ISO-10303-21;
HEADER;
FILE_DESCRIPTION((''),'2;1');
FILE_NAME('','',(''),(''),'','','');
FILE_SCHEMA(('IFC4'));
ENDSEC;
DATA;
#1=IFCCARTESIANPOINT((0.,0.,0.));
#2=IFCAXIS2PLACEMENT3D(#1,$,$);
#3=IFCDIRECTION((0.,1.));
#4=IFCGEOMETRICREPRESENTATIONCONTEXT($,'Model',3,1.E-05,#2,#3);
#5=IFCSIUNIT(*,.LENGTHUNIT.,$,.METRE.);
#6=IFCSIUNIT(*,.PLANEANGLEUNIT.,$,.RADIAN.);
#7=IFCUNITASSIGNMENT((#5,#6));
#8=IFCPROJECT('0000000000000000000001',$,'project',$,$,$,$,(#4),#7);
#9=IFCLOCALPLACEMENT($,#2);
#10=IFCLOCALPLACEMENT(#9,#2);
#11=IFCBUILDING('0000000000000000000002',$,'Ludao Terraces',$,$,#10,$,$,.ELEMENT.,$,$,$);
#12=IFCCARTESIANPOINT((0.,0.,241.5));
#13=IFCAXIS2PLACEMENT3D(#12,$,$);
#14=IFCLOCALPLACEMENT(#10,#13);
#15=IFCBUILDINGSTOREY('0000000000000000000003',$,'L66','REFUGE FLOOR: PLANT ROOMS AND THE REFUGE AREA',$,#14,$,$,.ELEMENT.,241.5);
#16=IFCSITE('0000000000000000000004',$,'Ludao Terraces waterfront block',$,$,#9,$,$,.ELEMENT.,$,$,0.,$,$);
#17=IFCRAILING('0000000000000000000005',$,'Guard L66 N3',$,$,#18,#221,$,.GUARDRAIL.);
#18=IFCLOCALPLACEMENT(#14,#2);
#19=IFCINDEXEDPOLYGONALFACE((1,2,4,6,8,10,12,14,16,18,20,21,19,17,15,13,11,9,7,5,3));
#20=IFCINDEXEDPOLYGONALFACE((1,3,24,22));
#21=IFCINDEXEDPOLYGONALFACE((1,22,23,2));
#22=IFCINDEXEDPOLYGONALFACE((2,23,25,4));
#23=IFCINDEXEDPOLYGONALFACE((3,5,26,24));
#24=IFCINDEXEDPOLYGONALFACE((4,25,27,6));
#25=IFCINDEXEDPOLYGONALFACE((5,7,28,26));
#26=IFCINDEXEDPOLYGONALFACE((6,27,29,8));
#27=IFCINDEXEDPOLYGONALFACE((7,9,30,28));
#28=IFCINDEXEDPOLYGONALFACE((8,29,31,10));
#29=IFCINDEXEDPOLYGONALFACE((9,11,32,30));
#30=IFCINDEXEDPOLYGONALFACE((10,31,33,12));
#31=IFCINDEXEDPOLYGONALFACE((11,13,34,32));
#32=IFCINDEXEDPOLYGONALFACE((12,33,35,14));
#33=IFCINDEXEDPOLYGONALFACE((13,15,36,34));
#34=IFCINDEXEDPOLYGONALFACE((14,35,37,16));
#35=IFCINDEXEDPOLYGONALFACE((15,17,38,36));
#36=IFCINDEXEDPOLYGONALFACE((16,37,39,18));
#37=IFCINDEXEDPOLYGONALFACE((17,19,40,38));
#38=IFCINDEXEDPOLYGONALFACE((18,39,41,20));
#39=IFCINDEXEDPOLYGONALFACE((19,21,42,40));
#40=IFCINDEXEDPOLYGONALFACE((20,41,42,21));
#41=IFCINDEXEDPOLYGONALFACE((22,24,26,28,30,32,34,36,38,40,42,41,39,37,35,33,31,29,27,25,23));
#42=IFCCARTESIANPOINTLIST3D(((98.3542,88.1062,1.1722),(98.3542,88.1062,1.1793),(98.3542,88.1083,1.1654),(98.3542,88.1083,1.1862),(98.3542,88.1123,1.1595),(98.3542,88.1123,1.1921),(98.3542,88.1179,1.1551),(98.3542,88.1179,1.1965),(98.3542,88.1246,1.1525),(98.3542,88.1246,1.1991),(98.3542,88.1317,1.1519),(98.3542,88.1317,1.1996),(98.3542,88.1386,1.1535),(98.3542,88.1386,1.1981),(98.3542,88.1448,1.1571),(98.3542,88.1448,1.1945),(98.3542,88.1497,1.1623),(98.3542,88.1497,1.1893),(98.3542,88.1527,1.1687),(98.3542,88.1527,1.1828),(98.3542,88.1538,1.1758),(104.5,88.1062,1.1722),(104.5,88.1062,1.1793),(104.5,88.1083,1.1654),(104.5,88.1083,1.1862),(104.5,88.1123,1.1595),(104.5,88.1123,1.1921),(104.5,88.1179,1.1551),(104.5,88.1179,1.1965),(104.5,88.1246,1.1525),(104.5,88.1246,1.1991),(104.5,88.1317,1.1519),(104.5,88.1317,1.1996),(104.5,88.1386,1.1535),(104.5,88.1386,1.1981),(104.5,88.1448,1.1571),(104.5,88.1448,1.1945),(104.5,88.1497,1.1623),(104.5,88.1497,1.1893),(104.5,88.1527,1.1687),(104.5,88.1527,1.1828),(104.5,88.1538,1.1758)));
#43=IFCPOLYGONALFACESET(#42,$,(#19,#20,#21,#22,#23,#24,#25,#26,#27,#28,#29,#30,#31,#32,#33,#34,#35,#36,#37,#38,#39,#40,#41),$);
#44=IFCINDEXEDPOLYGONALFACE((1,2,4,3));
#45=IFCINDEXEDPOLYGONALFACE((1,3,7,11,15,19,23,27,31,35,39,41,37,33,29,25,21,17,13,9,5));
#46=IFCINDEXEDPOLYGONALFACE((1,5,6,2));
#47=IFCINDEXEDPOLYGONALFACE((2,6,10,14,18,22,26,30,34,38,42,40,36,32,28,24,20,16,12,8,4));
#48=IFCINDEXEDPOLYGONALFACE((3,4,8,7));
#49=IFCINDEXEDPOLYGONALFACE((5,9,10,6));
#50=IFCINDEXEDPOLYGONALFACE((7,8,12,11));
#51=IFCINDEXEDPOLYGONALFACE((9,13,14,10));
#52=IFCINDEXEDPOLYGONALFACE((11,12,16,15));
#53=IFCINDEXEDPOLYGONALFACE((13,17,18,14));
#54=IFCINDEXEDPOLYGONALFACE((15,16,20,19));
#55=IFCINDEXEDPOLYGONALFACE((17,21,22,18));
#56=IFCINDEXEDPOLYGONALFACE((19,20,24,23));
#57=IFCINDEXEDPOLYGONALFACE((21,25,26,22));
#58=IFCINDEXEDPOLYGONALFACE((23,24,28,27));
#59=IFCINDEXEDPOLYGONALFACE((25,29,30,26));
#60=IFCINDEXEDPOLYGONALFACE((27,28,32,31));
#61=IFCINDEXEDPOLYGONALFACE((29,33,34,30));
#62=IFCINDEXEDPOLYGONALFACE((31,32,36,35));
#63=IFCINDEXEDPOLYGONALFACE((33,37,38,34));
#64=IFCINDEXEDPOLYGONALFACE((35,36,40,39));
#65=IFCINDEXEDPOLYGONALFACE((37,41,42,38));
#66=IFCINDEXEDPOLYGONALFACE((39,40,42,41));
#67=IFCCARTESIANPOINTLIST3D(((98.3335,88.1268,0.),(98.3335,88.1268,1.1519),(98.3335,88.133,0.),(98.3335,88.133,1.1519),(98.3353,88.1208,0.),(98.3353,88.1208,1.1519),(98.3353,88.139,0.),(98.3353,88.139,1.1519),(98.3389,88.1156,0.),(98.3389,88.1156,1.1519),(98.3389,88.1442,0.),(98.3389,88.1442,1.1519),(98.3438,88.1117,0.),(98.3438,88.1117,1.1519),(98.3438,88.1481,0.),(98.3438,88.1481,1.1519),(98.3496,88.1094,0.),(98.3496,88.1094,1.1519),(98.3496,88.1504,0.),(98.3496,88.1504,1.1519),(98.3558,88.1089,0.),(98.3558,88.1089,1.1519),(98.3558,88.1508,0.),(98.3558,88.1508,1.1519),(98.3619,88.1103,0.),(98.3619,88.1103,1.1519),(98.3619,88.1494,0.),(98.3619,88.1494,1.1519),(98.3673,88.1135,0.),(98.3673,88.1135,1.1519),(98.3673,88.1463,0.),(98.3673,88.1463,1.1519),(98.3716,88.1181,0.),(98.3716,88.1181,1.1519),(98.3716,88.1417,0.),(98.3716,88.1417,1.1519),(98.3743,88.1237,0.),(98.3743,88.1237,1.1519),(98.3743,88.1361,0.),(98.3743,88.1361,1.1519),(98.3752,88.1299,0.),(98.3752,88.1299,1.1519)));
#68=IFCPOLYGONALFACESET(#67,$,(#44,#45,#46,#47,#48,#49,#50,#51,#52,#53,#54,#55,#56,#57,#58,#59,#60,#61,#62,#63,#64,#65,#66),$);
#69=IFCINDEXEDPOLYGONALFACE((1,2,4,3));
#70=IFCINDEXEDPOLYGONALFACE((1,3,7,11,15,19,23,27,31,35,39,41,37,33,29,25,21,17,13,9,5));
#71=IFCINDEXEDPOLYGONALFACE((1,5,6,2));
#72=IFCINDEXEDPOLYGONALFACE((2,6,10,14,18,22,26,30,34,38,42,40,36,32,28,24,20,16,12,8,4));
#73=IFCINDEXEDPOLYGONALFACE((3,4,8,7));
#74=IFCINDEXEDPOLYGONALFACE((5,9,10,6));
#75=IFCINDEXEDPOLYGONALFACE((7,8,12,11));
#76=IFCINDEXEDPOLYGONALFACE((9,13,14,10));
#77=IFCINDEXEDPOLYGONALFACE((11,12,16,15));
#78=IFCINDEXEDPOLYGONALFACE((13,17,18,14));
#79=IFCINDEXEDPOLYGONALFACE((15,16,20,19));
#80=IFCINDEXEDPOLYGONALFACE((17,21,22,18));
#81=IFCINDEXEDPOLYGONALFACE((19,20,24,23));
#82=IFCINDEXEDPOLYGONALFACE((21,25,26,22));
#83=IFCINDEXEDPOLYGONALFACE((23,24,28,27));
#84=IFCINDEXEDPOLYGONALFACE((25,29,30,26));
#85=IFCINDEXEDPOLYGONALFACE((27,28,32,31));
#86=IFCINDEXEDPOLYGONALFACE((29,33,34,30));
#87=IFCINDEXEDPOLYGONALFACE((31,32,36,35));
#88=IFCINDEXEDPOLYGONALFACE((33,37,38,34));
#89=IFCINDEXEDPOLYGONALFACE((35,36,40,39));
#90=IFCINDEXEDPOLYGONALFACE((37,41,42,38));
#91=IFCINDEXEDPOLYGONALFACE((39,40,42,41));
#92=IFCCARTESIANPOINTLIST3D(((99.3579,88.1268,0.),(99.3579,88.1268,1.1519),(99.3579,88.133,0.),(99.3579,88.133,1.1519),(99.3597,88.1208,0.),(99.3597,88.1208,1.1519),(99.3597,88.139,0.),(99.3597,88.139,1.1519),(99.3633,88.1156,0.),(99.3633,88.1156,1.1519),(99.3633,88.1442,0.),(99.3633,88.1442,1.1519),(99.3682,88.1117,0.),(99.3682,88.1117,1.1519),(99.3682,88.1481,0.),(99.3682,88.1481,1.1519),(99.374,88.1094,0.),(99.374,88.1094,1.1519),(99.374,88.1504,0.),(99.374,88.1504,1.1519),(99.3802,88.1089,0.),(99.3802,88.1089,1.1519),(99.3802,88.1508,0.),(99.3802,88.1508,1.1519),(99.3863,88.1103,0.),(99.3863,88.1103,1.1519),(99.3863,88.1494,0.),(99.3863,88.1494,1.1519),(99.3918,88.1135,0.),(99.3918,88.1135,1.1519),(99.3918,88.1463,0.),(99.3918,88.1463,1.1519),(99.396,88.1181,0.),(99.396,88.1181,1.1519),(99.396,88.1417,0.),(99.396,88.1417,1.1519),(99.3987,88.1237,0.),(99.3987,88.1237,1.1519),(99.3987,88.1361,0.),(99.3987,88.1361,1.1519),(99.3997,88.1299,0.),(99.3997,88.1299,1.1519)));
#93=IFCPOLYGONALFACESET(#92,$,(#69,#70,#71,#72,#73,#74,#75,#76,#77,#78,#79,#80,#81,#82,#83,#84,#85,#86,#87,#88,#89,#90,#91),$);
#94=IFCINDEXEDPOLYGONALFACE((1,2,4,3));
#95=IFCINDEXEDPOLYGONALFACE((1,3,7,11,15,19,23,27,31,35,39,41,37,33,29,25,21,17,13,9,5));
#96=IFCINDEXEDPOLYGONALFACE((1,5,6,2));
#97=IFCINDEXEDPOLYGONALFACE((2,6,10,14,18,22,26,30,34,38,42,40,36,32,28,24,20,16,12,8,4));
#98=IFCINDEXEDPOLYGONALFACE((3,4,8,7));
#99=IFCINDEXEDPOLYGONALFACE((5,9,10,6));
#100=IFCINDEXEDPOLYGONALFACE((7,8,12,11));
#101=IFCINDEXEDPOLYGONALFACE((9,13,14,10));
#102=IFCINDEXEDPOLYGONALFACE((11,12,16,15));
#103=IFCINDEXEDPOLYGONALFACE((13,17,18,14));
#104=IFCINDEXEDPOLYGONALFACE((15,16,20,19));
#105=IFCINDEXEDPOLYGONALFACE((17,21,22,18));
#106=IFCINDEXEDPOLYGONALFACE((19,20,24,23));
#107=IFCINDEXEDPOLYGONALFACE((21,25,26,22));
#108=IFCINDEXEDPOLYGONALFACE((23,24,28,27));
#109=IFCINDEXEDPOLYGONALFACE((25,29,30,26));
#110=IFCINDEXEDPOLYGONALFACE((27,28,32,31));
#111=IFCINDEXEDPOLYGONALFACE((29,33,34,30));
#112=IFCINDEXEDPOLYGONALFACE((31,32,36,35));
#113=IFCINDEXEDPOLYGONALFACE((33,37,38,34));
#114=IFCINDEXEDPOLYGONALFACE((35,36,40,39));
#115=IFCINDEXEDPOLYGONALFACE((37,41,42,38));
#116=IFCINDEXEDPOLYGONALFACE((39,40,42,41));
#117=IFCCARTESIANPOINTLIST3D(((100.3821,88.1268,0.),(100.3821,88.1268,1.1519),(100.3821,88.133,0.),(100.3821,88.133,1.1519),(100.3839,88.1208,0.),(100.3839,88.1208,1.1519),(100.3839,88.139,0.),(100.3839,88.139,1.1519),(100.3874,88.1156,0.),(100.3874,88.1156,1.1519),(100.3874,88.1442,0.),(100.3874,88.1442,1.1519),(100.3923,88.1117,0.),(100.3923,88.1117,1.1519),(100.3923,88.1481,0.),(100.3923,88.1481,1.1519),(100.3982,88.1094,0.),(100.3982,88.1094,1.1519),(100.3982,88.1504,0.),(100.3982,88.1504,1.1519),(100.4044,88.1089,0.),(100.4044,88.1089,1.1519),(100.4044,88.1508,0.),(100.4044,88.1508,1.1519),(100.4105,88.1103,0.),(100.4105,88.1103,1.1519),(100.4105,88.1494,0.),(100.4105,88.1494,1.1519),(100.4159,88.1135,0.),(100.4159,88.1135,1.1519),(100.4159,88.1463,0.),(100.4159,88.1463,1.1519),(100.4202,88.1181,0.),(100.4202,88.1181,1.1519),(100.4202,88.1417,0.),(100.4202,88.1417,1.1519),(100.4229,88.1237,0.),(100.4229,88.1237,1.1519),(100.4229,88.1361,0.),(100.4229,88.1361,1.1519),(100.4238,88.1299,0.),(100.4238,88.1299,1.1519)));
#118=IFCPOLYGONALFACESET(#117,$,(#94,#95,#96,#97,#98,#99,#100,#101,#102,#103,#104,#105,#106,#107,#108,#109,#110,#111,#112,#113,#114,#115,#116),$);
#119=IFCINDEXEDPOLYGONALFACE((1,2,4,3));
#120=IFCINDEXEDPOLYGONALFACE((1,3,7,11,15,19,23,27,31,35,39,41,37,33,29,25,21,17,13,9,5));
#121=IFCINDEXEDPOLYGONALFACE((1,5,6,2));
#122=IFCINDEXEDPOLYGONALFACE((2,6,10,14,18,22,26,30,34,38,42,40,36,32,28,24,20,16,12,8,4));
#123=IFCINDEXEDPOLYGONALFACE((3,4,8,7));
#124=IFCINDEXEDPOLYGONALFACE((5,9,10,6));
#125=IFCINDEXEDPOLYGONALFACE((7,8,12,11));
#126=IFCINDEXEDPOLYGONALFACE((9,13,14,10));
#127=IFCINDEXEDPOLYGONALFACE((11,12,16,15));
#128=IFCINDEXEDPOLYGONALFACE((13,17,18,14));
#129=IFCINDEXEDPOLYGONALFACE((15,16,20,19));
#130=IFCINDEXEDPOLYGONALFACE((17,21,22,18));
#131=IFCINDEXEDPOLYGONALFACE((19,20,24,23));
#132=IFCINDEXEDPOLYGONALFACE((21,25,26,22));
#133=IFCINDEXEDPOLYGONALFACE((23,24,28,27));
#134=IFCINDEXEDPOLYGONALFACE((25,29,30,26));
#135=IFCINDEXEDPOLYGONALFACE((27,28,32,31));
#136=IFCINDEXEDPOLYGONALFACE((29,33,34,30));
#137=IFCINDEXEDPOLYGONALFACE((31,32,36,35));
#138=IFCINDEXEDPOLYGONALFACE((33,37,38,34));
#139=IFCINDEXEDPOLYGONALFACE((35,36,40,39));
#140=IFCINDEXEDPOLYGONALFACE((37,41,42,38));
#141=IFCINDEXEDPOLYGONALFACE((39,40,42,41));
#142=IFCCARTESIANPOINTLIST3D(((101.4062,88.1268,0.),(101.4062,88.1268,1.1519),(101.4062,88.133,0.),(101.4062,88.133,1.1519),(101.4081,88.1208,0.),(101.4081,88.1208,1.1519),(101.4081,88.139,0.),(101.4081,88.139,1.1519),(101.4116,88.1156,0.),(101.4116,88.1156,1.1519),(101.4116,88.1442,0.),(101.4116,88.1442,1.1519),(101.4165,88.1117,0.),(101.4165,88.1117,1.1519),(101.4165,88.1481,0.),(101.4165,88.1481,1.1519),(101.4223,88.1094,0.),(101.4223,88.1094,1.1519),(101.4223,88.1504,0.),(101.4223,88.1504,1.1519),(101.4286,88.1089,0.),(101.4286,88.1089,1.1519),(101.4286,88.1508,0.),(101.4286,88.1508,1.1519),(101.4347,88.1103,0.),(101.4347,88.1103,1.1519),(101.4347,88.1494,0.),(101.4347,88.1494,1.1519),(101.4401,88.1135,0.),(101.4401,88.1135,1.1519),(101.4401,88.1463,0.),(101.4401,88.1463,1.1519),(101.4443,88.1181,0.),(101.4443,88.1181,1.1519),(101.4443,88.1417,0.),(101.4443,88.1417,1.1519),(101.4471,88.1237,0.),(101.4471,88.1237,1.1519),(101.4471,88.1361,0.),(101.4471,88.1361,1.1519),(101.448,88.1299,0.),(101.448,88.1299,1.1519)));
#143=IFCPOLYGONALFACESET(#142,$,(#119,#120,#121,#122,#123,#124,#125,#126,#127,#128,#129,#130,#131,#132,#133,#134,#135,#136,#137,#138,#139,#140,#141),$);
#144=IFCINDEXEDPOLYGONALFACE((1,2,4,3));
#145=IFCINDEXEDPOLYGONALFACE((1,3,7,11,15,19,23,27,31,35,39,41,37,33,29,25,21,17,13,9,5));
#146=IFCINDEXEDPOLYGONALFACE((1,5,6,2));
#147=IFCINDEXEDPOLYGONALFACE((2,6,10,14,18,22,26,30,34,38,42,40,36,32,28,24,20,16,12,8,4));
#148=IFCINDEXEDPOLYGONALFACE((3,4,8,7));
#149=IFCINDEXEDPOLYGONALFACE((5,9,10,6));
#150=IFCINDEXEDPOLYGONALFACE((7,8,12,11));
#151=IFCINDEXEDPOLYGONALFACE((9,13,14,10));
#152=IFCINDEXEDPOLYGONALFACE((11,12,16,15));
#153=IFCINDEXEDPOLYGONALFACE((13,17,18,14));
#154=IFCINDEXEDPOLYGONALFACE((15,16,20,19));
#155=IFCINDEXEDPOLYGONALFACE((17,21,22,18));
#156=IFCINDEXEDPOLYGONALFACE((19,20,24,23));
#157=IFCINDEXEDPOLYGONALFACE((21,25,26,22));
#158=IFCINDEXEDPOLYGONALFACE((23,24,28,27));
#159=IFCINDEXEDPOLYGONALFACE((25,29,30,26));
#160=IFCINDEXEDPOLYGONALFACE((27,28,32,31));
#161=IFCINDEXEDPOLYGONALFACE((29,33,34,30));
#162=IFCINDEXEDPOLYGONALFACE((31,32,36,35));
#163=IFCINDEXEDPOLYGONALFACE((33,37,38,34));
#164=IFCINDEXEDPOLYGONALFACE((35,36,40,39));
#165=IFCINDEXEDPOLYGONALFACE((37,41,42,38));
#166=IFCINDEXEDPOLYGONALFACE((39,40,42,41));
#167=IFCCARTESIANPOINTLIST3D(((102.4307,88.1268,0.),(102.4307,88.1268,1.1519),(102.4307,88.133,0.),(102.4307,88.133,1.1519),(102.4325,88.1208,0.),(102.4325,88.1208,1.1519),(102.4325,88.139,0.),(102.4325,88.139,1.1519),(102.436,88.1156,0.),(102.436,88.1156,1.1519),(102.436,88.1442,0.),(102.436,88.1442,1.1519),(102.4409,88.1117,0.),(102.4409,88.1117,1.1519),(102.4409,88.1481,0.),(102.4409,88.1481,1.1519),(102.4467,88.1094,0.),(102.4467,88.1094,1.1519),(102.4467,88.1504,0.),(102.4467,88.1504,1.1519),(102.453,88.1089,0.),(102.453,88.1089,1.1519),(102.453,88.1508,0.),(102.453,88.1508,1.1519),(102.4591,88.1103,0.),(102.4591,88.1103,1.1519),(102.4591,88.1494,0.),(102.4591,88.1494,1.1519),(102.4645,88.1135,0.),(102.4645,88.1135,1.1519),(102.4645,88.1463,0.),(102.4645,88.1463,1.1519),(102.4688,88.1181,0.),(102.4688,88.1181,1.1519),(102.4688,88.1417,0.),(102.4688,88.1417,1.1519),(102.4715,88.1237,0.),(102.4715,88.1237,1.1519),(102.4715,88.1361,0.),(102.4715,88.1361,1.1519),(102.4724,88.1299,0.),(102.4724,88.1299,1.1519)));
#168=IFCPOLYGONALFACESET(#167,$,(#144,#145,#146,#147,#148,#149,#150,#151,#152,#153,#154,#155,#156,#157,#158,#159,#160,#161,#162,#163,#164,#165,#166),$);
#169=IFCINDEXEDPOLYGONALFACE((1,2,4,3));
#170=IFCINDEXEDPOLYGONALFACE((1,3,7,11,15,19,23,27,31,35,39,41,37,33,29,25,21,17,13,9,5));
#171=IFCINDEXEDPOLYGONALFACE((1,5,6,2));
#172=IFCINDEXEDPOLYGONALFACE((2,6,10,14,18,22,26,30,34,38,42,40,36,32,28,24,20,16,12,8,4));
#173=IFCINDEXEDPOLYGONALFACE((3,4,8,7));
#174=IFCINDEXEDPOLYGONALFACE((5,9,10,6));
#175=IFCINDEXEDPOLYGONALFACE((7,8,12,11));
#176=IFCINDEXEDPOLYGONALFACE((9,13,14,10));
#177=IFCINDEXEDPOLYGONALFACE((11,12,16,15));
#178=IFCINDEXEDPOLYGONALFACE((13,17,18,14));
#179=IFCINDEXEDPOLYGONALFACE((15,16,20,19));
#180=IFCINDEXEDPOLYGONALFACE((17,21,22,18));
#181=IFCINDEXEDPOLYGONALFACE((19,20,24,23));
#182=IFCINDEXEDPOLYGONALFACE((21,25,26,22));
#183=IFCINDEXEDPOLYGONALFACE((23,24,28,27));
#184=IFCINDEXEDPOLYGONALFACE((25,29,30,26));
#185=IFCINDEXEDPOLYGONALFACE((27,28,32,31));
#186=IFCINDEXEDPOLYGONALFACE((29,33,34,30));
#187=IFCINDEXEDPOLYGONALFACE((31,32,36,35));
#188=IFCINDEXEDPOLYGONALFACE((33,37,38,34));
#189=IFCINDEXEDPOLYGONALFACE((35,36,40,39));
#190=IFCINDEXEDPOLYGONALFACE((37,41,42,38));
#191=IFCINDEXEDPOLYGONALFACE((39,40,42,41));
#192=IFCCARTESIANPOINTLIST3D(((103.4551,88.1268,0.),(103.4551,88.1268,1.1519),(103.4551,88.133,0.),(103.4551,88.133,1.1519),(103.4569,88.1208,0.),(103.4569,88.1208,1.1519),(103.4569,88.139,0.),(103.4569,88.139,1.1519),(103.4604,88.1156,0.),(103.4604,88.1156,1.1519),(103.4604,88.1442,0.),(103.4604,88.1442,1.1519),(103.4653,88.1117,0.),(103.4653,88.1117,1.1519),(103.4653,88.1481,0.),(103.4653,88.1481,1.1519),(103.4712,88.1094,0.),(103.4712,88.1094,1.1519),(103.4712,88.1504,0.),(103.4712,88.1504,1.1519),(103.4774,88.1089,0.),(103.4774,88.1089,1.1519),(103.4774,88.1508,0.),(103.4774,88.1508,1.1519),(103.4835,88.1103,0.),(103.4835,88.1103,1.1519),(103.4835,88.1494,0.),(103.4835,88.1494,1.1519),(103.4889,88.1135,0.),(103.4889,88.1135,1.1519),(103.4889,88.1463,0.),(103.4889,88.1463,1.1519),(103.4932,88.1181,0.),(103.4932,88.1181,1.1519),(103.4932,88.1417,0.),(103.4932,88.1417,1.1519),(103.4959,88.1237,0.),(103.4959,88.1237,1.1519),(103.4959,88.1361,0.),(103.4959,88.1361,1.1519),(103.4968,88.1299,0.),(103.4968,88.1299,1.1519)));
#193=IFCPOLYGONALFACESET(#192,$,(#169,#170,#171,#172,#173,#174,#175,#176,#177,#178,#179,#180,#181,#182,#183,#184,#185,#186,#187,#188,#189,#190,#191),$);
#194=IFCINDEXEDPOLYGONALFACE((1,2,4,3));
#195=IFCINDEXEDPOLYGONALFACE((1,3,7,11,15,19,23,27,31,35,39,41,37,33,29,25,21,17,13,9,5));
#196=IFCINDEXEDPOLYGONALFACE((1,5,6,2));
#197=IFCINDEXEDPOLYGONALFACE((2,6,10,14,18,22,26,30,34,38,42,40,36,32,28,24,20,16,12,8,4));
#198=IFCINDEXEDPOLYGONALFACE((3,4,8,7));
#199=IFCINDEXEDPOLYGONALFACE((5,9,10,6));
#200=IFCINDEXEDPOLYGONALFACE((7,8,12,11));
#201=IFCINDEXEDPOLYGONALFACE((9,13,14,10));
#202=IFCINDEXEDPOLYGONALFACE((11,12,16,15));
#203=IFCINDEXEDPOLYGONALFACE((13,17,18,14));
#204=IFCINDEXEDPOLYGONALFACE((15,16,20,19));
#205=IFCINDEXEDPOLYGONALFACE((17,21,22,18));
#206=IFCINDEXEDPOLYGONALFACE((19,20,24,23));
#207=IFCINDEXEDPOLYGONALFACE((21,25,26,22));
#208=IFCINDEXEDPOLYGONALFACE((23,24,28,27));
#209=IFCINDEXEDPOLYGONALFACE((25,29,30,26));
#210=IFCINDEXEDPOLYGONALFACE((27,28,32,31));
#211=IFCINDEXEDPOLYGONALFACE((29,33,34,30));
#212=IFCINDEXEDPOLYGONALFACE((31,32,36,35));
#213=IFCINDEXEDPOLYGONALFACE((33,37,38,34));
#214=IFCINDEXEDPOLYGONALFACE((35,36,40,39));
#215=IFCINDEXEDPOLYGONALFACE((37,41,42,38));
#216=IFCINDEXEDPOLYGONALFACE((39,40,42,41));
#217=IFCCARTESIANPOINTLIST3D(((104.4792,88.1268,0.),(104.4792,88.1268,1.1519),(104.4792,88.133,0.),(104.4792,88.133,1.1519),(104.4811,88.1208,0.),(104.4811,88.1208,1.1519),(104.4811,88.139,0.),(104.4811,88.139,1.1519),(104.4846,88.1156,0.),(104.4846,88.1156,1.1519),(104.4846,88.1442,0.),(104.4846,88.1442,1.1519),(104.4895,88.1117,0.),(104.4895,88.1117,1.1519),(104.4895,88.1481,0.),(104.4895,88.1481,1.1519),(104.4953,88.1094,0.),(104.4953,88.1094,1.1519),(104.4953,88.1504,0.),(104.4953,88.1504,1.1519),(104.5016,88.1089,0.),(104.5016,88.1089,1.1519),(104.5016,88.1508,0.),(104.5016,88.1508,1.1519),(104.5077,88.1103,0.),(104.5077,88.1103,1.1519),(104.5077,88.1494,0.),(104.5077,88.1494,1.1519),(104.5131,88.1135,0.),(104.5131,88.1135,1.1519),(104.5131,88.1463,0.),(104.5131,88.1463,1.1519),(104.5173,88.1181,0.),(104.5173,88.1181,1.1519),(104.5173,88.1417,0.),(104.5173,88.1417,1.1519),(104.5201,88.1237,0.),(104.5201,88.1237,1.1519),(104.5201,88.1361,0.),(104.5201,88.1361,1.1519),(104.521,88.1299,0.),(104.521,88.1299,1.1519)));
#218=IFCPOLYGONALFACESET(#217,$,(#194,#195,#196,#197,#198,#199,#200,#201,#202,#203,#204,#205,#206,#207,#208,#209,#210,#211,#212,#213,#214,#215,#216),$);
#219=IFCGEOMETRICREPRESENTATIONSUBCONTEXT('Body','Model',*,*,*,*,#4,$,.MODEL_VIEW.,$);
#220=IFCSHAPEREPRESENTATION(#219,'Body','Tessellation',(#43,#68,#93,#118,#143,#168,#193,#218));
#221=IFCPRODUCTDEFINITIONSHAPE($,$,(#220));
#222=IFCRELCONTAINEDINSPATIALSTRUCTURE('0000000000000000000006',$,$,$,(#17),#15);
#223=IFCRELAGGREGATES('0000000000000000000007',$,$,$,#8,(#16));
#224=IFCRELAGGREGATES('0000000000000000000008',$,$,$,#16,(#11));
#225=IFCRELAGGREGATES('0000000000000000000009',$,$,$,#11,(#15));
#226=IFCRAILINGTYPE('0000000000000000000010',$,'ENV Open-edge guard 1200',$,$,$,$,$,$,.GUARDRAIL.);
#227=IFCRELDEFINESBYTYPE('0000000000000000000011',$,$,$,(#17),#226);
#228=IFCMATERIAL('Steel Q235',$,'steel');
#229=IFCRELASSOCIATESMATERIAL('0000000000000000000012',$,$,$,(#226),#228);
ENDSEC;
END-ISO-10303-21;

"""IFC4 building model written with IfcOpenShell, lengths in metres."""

from ifc_helpers import new_model, si_unit, direction, frame, origin, origin_2d, place, context, subcontext, project, spatial, circle, extrude, material, type_object, element, save


model = new_model("IFC4")

# Units and contexts
model_context = context("Model", 3, precision=1e-05, world=origin(), true_north=direction((0.0, 1.0)))
body_context = subcontext(model_context, "Body", "Model", "MODEL_VIEW")
ifc_project = project(units=[si_unit("LENGTHUNIT", "METRE"), si_unit("PLANEANGLEUNIT", "RADIAN")], contexts=[model_context])

# Site, building, storey
site_placement = place(None, origin())
site = spatial("IfcSite", under=ifc_project, at=site_placement, Name="Ludao Terraces waterfront block", CompositionType="ELEMENT", RefElevation=0.0)
building_placement = place(site_placement, origin())
building = spatial("IfcBuilding", under=site, at=building_placement, Name="Ludao Terraces", CompositionType="ELEMENT")
storey_placement = place(building_placement, frame((0.0, 0.0, 241.5)))
storey = spatial("IfcBuildingStorey", under=building, at=storey_placement, Name="L66", Description="REFUGE FLOOR: PLANT ROOMS AND THE REFUGE AREA", CompositionType="ELEMENT", Elevation=241.5)

# Railing
ifc_material_1 = material(Name="Steel Q235", Category="steel")
railing_type = type_object("IfcRailingType", Name="ENV Open-edge guard 1200", PredefinedType="GUARDRAIL", material=ifc_material_1)
railing_1_placement = place(storey_placement, frame((98.3542, 88.1299, 0.0)))
element("IfcRailing", 1, at=railing_1_placement, inside=storey, type_object=railing_type, Name="Guard L66 N3", PredefinedType="GUARDRAIL", context=body_context, shape_type="SweptSolid", body=[
    extrude(circle(Radius=0.0239, at=origin_2d()), frame((0.0, 0.0, 1.1758), z_axis=(1.0, 0.0, 0.0), x_axis=(0.0, 1.0, 0.0)), (0.0, 0.0, 1.0), 6.1458),
    extrude(circle(Radius=0.021, at=origin_2d()), origin(), (0.0, 0.0, 1.0), 1.1519),
    extrude(circle(Radius=0.021, at=origin_2d()), frame((1.0244, 0.0, 0.0)), (0.0, 0.0, 1.0), 1.1519),
    extrude(circle(Radius=0.021, at=origin_2d()), frame((2.0486, 0.0, 0.0)), (0.0, 0.0, 1.0), 1.1519),
    extrude(circle(Radius=0.021, at=origin_2d()), frame((3.0728, 0.0, 0.0)), (0.0, 0.0, 1.0), 1.1519),
    extrude(circle(Radius=0.021, at=origin_2d()), frame((4.0972, 0.0, 0.0)), (0.0, 0.0, 1.0), 1.1519),
    extrude(circle(Radius=0.021, at=origin_2d()), frame((5.1216, 0.0, 0.0)), (0.0, 0.0, 1.0), 1.1519),
    extrude(circle(Radius=0.021, at=origin_2d()), frame((6.1458, 0.0, 0.0)), (0.0, 0.0, 1.0), 1.1519),
])

save(model, "model.ifc")
